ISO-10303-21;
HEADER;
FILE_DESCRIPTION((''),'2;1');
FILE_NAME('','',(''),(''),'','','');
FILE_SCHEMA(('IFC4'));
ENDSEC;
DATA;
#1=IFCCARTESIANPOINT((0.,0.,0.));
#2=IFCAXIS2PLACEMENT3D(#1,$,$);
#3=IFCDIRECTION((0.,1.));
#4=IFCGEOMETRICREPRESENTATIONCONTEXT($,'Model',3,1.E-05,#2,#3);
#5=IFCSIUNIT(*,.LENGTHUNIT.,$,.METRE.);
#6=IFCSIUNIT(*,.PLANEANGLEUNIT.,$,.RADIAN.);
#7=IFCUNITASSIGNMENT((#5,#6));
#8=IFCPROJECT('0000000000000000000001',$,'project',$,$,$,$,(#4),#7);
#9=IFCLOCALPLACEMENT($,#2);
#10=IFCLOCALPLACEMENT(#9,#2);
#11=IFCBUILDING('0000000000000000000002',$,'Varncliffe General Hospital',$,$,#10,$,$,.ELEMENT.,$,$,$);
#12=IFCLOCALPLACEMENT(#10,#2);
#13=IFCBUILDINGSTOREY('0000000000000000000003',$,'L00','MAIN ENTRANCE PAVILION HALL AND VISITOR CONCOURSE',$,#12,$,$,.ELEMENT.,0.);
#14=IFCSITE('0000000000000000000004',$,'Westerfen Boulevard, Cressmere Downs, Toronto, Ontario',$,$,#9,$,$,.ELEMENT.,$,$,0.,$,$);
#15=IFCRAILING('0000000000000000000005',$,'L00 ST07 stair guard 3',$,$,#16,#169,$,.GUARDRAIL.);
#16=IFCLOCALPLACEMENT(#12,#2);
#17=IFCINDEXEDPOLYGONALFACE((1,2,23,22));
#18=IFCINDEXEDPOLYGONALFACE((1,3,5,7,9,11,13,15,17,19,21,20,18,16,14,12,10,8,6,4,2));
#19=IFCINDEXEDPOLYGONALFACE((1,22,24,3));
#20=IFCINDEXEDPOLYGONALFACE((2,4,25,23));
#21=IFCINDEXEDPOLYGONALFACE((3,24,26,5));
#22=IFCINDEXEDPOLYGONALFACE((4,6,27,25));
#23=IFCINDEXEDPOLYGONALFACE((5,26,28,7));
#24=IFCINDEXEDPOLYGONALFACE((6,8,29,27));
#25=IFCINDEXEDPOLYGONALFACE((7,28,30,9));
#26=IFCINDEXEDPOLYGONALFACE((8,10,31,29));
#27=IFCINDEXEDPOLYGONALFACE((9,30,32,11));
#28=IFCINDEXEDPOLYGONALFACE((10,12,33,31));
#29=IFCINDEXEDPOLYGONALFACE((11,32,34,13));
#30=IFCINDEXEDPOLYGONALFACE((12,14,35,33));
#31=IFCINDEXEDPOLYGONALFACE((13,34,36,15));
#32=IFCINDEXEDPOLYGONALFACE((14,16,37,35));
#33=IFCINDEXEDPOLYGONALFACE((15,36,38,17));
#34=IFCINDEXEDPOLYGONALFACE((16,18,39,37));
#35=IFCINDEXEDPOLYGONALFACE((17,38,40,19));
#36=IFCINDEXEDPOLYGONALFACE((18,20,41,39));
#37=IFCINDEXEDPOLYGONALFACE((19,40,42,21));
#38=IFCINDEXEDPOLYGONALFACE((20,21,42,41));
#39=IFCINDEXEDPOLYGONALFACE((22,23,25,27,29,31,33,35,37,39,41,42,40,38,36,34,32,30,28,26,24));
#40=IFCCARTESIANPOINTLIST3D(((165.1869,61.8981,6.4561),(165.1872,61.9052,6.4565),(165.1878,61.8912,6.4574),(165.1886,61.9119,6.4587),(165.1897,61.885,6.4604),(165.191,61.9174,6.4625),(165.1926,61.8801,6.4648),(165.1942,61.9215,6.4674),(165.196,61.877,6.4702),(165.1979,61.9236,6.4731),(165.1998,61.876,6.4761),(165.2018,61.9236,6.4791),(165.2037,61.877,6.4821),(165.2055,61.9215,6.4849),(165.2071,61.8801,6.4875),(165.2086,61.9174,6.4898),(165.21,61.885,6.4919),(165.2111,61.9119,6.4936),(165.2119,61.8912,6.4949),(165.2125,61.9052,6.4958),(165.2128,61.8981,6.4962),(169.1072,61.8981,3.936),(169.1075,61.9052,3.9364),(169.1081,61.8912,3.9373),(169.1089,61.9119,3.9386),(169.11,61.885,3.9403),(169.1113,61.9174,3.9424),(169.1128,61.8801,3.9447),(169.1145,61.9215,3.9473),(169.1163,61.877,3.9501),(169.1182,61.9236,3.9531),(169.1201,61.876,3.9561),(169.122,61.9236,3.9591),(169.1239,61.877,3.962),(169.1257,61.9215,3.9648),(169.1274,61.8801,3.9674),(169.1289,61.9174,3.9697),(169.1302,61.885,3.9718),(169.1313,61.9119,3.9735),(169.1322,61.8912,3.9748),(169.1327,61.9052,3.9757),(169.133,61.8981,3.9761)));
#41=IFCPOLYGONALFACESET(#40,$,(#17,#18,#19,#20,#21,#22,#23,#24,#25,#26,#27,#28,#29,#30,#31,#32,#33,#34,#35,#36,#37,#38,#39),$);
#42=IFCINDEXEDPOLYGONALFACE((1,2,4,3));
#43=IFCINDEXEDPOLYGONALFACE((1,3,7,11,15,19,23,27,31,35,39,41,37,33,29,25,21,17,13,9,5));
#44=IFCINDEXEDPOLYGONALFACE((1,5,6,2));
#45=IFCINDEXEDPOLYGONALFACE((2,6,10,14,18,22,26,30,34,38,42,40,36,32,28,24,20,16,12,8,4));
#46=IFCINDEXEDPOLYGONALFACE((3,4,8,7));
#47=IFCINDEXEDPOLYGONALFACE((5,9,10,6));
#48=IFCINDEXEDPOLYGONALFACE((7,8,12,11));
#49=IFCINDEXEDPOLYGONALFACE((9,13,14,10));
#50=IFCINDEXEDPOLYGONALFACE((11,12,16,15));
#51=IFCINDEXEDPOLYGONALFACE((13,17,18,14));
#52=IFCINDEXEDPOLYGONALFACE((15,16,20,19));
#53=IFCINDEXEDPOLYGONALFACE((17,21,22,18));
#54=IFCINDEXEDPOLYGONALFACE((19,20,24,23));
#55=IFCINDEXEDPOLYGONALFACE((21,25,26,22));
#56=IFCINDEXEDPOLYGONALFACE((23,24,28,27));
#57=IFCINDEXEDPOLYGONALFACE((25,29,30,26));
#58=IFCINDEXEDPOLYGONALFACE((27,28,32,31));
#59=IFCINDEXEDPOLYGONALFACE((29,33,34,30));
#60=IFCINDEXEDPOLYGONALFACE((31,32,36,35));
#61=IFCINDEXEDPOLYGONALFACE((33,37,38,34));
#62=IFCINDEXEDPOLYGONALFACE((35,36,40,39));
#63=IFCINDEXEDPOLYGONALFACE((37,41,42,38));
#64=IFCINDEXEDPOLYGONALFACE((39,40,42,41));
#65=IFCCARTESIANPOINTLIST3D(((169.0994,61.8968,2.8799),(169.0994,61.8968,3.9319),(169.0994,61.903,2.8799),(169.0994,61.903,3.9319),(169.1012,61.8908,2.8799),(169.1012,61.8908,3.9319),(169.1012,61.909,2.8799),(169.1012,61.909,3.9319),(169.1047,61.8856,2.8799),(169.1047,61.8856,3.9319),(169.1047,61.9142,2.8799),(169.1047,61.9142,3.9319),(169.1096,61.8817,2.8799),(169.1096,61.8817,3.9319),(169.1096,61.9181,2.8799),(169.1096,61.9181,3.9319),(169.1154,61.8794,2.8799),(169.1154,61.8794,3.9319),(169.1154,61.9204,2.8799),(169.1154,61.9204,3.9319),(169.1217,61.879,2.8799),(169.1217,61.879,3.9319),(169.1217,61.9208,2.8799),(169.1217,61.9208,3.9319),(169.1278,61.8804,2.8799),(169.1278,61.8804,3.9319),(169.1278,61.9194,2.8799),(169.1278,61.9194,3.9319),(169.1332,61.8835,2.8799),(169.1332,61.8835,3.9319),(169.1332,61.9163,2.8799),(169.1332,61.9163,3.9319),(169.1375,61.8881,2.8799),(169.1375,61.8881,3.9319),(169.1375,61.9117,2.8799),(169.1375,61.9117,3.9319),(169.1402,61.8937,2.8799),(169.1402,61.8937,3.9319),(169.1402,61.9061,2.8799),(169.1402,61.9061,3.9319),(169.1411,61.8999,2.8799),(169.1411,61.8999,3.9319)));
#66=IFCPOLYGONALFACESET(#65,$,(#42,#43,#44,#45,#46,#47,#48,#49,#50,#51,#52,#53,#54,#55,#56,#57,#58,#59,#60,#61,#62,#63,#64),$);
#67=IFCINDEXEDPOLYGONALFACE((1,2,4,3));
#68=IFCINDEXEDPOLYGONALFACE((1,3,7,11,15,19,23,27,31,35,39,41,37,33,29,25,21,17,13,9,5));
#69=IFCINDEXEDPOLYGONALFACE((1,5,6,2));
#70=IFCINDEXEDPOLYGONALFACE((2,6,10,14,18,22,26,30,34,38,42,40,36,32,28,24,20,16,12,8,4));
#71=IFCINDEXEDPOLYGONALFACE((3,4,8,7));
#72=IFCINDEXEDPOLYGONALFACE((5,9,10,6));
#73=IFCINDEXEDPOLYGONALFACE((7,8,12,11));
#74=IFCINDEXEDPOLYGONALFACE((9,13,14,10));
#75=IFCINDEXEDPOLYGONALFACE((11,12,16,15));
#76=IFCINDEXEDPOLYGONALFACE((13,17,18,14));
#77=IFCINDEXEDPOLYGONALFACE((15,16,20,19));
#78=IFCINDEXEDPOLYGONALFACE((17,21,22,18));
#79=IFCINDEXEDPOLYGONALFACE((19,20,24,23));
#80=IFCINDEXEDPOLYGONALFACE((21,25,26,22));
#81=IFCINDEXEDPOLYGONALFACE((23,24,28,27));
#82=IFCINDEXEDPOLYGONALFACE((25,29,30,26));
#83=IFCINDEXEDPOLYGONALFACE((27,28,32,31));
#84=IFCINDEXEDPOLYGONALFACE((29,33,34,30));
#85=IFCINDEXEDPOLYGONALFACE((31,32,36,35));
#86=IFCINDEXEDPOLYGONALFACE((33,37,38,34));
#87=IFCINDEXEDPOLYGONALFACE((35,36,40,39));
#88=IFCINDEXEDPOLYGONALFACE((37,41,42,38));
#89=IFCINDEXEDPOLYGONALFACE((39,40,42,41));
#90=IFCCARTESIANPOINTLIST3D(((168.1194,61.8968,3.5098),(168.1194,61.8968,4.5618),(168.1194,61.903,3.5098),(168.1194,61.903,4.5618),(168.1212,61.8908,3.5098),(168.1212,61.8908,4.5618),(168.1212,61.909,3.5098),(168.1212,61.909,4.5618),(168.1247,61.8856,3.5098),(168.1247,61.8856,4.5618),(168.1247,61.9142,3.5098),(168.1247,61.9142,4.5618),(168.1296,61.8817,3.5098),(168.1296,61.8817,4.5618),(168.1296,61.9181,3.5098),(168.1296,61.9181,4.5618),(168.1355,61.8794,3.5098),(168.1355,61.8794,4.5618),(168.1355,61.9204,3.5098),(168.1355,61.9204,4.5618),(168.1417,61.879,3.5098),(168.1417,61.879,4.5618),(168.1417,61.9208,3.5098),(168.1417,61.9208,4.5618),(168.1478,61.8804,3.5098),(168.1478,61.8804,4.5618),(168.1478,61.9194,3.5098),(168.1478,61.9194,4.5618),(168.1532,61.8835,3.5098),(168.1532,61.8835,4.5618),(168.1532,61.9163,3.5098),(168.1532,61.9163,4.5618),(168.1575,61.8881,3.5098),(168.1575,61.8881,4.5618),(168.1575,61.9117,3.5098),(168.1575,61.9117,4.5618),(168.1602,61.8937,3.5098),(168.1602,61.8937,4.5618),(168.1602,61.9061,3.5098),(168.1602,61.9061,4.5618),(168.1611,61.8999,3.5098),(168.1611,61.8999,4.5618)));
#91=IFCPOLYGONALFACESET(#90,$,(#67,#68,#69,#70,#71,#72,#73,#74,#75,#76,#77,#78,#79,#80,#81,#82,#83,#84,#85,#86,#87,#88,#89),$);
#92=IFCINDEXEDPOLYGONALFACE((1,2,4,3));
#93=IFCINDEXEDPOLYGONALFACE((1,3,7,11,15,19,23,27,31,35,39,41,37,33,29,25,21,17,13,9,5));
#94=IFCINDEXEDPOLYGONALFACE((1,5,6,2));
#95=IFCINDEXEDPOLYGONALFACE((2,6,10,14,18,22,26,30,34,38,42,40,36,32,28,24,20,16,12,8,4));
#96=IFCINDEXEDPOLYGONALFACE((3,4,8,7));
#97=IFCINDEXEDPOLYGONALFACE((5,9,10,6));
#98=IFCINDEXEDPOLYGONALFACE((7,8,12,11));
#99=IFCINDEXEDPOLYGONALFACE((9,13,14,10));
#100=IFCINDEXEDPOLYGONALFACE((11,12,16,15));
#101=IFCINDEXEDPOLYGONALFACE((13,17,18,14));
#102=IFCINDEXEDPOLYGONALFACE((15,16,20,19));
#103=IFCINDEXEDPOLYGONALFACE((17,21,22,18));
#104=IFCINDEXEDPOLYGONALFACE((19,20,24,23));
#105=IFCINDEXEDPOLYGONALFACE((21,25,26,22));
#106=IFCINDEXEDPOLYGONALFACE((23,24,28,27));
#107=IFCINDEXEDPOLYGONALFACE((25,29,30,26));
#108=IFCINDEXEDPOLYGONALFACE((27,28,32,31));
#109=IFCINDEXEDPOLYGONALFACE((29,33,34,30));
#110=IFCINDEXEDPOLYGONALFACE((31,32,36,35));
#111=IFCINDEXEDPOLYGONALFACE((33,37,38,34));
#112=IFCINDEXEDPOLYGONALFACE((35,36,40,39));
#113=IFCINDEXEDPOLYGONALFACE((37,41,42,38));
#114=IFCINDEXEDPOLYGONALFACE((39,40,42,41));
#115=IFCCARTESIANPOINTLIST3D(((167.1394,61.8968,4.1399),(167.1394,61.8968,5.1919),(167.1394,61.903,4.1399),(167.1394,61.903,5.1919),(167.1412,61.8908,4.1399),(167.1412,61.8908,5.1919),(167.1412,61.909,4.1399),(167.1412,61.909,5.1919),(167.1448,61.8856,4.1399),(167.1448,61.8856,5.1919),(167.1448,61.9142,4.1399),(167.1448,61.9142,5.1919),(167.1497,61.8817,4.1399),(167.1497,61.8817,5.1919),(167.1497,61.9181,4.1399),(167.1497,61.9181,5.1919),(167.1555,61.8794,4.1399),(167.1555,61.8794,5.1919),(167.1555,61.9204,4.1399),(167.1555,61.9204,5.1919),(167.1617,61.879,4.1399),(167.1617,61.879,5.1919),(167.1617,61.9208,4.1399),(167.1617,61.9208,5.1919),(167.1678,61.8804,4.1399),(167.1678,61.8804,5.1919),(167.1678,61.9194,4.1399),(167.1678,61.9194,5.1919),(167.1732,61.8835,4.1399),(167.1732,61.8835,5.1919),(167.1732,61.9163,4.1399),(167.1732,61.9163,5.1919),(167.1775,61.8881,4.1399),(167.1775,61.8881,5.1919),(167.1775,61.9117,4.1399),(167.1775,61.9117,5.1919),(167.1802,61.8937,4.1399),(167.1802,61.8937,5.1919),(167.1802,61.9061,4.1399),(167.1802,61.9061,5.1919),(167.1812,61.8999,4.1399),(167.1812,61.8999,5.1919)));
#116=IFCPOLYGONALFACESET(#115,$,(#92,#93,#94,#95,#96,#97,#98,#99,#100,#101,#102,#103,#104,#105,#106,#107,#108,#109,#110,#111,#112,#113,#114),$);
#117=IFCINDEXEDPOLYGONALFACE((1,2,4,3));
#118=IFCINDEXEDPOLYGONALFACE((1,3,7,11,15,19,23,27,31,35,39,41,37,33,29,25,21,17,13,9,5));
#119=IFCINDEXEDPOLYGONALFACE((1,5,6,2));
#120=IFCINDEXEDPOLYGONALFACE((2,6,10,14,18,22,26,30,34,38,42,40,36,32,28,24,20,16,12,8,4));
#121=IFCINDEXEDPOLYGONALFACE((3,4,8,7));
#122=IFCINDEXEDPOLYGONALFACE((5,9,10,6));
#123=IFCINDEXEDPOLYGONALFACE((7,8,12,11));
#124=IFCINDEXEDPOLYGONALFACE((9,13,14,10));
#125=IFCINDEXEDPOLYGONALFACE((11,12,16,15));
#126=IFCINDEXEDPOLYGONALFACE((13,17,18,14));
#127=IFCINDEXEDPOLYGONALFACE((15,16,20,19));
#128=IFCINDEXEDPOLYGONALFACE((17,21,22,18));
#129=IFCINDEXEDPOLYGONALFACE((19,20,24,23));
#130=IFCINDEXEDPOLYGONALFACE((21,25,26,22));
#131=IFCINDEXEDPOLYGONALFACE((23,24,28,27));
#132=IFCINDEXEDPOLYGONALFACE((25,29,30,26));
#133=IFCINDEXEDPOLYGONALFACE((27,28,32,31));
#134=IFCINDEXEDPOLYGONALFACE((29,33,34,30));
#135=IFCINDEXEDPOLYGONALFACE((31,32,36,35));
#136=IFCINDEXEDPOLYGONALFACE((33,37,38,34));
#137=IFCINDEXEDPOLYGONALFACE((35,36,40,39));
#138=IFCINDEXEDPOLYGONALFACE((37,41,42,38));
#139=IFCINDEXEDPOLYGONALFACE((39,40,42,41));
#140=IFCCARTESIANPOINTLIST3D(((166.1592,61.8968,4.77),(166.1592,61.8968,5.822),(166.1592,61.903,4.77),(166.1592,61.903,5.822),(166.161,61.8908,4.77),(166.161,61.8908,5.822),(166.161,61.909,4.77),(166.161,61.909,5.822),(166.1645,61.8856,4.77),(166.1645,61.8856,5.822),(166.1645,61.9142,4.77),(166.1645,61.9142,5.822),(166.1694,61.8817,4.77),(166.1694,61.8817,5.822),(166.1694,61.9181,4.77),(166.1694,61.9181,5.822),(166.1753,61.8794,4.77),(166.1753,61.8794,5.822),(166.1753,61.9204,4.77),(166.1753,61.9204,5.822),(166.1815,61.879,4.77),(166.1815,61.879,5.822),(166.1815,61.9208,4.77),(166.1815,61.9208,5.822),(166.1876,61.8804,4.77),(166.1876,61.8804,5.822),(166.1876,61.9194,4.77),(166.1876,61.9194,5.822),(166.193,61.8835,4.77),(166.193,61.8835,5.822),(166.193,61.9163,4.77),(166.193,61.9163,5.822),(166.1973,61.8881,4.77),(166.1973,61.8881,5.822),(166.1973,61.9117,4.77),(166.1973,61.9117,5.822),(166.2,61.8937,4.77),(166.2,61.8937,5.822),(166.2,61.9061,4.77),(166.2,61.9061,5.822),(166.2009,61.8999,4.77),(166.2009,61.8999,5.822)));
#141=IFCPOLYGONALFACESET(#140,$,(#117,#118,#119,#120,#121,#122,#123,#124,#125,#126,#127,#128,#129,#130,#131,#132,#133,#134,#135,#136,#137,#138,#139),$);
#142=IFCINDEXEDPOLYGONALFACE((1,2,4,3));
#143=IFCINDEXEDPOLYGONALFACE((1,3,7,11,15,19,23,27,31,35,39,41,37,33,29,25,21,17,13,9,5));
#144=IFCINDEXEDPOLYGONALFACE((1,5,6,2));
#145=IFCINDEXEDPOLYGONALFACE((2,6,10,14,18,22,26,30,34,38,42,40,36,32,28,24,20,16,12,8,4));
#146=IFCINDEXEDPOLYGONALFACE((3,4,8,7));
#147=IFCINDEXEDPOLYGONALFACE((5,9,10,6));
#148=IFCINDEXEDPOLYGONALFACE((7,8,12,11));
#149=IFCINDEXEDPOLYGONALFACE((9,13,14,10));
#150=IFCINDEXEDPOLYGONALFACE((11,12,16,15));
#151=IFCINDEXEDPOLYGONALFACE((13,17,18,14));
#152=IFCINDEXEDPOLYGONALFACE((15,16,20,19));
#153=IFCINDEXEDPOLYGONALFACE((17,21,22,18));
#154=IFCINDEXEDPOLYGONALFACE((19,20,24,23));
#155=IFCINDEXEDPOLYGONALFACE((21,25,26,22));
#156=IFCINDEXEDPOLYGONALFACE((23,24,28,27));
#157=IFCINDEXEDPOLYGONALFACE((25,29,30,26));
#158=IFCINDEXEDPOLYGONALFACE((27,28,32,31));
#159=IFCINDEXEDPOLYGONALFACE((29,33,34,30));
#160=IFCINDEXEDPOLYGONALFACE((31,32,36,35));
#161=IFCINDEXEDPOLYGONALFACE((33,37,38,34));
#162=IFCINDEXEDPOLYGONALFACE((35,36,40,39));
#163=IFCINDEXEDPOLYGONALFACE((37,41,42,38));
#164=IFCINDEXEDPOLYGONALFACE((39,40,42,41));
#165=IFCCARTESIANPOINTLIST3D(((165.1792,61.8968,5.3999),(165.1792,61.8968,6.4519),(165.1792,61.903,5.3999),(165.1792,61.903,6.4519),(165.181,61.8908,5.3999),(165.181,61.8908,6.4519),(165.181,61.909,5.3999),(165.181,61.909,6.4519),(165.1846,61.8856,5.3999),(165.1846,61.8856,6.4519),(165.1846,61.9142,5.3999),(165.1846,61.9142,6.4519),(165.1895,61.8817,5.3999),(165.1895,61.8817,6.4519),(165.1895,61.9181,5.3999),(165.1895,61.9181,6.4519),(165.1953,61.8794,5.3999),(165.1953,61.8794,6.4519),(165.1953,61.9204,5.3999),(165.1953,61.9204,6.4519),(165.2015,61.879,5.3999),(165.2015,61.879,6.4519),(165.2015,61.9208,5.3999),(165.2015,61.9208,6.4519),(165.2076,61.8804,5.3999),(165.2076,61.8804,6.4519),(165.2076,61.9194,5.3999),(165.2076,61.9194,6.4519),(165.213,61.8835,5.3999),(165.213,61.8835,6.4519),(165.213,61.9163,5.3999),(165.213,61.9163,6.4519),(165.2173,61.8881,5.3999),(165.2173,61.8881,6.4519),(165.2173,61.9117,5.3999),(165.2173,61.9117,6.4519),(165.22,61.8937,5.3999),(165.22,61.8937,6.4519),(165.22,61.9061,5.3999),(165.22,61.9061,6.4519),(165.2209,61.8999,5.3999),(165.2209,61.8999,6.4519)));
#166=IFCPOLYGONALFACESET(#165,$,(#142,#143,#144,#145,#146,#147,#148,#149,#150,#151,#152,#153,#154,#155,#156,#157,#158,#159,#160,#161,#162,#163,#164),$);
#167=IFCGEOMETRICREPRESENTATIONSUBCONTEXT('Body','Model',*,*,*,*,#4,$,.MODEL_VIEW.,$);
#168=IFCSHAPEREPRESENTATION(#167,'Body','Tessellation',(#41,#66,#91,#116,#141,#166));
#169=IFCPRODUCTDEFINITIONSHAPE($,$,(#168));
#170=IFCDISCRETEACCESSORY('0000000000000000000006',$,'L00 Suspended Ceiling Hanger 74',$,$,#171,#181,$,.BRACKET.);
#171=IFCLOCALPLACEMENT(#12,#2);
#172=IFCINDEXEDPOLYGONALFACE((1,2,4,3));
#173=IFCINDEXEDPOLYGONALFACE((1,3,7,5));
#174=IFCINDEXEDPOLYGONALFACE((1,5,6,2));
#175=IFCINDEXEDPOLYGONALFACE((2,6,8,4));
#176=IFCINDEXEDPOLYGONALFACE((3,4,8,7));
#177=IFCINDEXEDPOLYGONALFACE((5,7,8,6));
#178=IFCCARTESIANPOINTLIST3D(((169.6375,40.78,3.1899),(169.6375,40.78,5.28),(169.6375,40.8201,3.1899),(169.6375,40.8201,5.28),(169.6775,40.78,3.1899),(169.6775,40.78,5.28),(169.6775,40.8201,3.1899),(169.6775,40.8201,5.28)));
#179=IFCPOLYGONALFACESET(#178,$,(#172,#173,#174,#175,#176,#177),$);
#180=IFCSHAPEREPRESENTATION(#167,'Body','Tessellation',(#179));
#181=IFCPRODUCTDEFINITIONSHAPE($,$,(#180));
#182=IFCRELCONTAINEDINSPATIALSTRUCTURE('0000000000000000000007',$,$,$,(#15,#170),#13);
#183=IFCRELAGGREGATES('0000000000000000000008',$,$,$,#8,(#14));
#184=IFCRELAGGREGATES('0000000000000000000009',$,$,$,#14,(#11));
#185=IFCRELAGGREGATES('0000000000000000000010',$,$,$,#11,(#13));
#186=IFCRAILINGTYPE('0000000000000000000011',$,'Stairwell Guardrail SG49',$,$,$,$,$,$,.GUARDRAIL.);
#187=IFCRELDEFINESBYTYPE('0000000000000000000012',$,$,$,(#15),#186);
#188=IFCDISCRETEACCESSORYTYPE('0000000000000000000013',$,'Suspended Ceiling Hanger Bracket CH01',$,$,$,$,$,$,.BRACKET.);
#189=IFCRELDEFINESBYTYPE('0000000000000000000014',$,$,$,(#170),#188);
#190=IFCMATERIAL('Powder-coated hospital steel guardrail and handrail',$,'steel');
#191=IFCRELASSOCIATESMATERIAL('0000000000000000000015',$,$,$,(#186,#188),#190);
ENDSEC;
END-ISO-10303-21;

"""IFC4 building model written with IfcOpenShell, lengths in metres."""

from ifc_helpers import new_model, si_unit, direction, frame, origin, origin_2d, place, context, subcontext, project, spatial, rectangle, circle, extrude, material, type_object, element, save


model = new_model("IFC4")

# Units and contexts
model_context = context("Model", 3, precision=1e-05, world=origin(), true_north=direction((0.0, 1.0)))
body_context = subcontext(model_context, "Body", "Model", "MODEL_VIEW")
ifc_project = project(units=[si_unit("LENGTHUNIT", "METRE"), si_unit("PLANEANGLEUNIT", "RADIAN")], contexts=[model_context])

# Site, building, storey
site_placement = place(None, origin())
site = spatial("IfcSite", under=ifc_project, at=site_placement, Name="Westerfen Boulevard, Cressmere Downs, Toronto, Ontario", CompositionType="ELEMENT", RefElevation=0.0)
building_placement = place(site_placement, origin())
building = spatial("IfcBuilding", under=site, at=building_placement, Name="Varncliffe General Hospital", CompositionType="ELEMENT")
storey_placement = place(building_placement, origin())
storey = spatial("IfcBuildingStorey", under=building, at=storey_placement, Name="L00", Description="MAIN ENTRANCE PAVILION HALL AND VISITOR CONCOURSE", CompositionType="ELEMENT", Elevation=0.0)

# Railing
ifc_material_1 = material(Name="Powder-coated hospital steel guardrail and handrail", Category="steel")
railing_type = type_object("IfcRailingType", Name="Stairwell Guardrail SG49", PredefinedType="GUARDRAIL", material=ifc_material_1)
railing_1_placement = place(storey_placement, frame((169.1201, 61.8999, 2.8799)))
element("IfcRailing", 1, at=railing_1_placement, inside=storey, type_object=railing_type, Name="L00 ST07 stair guard 3", PredefinedType="GUARDRAIL", context=body_context, shape_type="SweptSolid", body=[
    extrude(circle(Radius=0.0239, at=origin_2d()), frame((0.0, 0.0, 1.0762), z_axis=(-0.841187, 0.0, 0.540744), x_axis=(0.0, -1.0, 0.0)), (0.0, 0.0, 1.0), 4.6604),
    extrude(circle(Radius=0.021, at=origin_2d()), origin(), (0.0, 0.0, 1.0), 1.052),
    extrude(circle(Radius=0.021, at=origin_2d()), frame((-0.98, 0.0, 0.6299)), (0.0, 0.0, 1.0), 1.052),
    extrude(circle(Radius=0.021, at=origin_2d()), frame((-1.96, 0.0, 1.26)), (0.0, 0.0, 1.0), 1.052),
    extrude(circle(Radius=0.021, at=origin_2d()), frame((-2.9402, 0.0, 1.8901)), (0.0, 0.0, 1.0), 1.052),
    extrude(circle(Radius=0.021, at=origin_2d()), frame((-3.9202, 0.0, 2.52)), (0.0, 0.0, 1.0), 1.052),
])

# Discrete accessory
discrete_accessory_type = type_object("IfcDiscreteAccessoryType", Name="Suspended Ceiling Hanger Bracket CH01", PredefinedType="BRACKET", material=ifc_material_1)
discrete_accessory_placement = place(storey_placement, frame((169.6575, 40.8, 3.1899), z_axis=(0.0, 0.0, 1.0), x_axis=(1.0, 0.0, 0.0)))
element("IfcDiscreteAccessory", 2, at=discrete_accessory_placement, inside=storey, type_object=discrete_accessory_type, Name="L00 Suspended Ceiling Hanger 74", PredefinedType="BRACKET", context=body_context, shape_type="SweptSolid", body=[
    extrude(rectangle(XDim=0.04, YDim=0.04, at=origin_2d()), origin(), (0.0, 0.0, 1.0), 2.0901),
])

save(model, "model.ifc")
